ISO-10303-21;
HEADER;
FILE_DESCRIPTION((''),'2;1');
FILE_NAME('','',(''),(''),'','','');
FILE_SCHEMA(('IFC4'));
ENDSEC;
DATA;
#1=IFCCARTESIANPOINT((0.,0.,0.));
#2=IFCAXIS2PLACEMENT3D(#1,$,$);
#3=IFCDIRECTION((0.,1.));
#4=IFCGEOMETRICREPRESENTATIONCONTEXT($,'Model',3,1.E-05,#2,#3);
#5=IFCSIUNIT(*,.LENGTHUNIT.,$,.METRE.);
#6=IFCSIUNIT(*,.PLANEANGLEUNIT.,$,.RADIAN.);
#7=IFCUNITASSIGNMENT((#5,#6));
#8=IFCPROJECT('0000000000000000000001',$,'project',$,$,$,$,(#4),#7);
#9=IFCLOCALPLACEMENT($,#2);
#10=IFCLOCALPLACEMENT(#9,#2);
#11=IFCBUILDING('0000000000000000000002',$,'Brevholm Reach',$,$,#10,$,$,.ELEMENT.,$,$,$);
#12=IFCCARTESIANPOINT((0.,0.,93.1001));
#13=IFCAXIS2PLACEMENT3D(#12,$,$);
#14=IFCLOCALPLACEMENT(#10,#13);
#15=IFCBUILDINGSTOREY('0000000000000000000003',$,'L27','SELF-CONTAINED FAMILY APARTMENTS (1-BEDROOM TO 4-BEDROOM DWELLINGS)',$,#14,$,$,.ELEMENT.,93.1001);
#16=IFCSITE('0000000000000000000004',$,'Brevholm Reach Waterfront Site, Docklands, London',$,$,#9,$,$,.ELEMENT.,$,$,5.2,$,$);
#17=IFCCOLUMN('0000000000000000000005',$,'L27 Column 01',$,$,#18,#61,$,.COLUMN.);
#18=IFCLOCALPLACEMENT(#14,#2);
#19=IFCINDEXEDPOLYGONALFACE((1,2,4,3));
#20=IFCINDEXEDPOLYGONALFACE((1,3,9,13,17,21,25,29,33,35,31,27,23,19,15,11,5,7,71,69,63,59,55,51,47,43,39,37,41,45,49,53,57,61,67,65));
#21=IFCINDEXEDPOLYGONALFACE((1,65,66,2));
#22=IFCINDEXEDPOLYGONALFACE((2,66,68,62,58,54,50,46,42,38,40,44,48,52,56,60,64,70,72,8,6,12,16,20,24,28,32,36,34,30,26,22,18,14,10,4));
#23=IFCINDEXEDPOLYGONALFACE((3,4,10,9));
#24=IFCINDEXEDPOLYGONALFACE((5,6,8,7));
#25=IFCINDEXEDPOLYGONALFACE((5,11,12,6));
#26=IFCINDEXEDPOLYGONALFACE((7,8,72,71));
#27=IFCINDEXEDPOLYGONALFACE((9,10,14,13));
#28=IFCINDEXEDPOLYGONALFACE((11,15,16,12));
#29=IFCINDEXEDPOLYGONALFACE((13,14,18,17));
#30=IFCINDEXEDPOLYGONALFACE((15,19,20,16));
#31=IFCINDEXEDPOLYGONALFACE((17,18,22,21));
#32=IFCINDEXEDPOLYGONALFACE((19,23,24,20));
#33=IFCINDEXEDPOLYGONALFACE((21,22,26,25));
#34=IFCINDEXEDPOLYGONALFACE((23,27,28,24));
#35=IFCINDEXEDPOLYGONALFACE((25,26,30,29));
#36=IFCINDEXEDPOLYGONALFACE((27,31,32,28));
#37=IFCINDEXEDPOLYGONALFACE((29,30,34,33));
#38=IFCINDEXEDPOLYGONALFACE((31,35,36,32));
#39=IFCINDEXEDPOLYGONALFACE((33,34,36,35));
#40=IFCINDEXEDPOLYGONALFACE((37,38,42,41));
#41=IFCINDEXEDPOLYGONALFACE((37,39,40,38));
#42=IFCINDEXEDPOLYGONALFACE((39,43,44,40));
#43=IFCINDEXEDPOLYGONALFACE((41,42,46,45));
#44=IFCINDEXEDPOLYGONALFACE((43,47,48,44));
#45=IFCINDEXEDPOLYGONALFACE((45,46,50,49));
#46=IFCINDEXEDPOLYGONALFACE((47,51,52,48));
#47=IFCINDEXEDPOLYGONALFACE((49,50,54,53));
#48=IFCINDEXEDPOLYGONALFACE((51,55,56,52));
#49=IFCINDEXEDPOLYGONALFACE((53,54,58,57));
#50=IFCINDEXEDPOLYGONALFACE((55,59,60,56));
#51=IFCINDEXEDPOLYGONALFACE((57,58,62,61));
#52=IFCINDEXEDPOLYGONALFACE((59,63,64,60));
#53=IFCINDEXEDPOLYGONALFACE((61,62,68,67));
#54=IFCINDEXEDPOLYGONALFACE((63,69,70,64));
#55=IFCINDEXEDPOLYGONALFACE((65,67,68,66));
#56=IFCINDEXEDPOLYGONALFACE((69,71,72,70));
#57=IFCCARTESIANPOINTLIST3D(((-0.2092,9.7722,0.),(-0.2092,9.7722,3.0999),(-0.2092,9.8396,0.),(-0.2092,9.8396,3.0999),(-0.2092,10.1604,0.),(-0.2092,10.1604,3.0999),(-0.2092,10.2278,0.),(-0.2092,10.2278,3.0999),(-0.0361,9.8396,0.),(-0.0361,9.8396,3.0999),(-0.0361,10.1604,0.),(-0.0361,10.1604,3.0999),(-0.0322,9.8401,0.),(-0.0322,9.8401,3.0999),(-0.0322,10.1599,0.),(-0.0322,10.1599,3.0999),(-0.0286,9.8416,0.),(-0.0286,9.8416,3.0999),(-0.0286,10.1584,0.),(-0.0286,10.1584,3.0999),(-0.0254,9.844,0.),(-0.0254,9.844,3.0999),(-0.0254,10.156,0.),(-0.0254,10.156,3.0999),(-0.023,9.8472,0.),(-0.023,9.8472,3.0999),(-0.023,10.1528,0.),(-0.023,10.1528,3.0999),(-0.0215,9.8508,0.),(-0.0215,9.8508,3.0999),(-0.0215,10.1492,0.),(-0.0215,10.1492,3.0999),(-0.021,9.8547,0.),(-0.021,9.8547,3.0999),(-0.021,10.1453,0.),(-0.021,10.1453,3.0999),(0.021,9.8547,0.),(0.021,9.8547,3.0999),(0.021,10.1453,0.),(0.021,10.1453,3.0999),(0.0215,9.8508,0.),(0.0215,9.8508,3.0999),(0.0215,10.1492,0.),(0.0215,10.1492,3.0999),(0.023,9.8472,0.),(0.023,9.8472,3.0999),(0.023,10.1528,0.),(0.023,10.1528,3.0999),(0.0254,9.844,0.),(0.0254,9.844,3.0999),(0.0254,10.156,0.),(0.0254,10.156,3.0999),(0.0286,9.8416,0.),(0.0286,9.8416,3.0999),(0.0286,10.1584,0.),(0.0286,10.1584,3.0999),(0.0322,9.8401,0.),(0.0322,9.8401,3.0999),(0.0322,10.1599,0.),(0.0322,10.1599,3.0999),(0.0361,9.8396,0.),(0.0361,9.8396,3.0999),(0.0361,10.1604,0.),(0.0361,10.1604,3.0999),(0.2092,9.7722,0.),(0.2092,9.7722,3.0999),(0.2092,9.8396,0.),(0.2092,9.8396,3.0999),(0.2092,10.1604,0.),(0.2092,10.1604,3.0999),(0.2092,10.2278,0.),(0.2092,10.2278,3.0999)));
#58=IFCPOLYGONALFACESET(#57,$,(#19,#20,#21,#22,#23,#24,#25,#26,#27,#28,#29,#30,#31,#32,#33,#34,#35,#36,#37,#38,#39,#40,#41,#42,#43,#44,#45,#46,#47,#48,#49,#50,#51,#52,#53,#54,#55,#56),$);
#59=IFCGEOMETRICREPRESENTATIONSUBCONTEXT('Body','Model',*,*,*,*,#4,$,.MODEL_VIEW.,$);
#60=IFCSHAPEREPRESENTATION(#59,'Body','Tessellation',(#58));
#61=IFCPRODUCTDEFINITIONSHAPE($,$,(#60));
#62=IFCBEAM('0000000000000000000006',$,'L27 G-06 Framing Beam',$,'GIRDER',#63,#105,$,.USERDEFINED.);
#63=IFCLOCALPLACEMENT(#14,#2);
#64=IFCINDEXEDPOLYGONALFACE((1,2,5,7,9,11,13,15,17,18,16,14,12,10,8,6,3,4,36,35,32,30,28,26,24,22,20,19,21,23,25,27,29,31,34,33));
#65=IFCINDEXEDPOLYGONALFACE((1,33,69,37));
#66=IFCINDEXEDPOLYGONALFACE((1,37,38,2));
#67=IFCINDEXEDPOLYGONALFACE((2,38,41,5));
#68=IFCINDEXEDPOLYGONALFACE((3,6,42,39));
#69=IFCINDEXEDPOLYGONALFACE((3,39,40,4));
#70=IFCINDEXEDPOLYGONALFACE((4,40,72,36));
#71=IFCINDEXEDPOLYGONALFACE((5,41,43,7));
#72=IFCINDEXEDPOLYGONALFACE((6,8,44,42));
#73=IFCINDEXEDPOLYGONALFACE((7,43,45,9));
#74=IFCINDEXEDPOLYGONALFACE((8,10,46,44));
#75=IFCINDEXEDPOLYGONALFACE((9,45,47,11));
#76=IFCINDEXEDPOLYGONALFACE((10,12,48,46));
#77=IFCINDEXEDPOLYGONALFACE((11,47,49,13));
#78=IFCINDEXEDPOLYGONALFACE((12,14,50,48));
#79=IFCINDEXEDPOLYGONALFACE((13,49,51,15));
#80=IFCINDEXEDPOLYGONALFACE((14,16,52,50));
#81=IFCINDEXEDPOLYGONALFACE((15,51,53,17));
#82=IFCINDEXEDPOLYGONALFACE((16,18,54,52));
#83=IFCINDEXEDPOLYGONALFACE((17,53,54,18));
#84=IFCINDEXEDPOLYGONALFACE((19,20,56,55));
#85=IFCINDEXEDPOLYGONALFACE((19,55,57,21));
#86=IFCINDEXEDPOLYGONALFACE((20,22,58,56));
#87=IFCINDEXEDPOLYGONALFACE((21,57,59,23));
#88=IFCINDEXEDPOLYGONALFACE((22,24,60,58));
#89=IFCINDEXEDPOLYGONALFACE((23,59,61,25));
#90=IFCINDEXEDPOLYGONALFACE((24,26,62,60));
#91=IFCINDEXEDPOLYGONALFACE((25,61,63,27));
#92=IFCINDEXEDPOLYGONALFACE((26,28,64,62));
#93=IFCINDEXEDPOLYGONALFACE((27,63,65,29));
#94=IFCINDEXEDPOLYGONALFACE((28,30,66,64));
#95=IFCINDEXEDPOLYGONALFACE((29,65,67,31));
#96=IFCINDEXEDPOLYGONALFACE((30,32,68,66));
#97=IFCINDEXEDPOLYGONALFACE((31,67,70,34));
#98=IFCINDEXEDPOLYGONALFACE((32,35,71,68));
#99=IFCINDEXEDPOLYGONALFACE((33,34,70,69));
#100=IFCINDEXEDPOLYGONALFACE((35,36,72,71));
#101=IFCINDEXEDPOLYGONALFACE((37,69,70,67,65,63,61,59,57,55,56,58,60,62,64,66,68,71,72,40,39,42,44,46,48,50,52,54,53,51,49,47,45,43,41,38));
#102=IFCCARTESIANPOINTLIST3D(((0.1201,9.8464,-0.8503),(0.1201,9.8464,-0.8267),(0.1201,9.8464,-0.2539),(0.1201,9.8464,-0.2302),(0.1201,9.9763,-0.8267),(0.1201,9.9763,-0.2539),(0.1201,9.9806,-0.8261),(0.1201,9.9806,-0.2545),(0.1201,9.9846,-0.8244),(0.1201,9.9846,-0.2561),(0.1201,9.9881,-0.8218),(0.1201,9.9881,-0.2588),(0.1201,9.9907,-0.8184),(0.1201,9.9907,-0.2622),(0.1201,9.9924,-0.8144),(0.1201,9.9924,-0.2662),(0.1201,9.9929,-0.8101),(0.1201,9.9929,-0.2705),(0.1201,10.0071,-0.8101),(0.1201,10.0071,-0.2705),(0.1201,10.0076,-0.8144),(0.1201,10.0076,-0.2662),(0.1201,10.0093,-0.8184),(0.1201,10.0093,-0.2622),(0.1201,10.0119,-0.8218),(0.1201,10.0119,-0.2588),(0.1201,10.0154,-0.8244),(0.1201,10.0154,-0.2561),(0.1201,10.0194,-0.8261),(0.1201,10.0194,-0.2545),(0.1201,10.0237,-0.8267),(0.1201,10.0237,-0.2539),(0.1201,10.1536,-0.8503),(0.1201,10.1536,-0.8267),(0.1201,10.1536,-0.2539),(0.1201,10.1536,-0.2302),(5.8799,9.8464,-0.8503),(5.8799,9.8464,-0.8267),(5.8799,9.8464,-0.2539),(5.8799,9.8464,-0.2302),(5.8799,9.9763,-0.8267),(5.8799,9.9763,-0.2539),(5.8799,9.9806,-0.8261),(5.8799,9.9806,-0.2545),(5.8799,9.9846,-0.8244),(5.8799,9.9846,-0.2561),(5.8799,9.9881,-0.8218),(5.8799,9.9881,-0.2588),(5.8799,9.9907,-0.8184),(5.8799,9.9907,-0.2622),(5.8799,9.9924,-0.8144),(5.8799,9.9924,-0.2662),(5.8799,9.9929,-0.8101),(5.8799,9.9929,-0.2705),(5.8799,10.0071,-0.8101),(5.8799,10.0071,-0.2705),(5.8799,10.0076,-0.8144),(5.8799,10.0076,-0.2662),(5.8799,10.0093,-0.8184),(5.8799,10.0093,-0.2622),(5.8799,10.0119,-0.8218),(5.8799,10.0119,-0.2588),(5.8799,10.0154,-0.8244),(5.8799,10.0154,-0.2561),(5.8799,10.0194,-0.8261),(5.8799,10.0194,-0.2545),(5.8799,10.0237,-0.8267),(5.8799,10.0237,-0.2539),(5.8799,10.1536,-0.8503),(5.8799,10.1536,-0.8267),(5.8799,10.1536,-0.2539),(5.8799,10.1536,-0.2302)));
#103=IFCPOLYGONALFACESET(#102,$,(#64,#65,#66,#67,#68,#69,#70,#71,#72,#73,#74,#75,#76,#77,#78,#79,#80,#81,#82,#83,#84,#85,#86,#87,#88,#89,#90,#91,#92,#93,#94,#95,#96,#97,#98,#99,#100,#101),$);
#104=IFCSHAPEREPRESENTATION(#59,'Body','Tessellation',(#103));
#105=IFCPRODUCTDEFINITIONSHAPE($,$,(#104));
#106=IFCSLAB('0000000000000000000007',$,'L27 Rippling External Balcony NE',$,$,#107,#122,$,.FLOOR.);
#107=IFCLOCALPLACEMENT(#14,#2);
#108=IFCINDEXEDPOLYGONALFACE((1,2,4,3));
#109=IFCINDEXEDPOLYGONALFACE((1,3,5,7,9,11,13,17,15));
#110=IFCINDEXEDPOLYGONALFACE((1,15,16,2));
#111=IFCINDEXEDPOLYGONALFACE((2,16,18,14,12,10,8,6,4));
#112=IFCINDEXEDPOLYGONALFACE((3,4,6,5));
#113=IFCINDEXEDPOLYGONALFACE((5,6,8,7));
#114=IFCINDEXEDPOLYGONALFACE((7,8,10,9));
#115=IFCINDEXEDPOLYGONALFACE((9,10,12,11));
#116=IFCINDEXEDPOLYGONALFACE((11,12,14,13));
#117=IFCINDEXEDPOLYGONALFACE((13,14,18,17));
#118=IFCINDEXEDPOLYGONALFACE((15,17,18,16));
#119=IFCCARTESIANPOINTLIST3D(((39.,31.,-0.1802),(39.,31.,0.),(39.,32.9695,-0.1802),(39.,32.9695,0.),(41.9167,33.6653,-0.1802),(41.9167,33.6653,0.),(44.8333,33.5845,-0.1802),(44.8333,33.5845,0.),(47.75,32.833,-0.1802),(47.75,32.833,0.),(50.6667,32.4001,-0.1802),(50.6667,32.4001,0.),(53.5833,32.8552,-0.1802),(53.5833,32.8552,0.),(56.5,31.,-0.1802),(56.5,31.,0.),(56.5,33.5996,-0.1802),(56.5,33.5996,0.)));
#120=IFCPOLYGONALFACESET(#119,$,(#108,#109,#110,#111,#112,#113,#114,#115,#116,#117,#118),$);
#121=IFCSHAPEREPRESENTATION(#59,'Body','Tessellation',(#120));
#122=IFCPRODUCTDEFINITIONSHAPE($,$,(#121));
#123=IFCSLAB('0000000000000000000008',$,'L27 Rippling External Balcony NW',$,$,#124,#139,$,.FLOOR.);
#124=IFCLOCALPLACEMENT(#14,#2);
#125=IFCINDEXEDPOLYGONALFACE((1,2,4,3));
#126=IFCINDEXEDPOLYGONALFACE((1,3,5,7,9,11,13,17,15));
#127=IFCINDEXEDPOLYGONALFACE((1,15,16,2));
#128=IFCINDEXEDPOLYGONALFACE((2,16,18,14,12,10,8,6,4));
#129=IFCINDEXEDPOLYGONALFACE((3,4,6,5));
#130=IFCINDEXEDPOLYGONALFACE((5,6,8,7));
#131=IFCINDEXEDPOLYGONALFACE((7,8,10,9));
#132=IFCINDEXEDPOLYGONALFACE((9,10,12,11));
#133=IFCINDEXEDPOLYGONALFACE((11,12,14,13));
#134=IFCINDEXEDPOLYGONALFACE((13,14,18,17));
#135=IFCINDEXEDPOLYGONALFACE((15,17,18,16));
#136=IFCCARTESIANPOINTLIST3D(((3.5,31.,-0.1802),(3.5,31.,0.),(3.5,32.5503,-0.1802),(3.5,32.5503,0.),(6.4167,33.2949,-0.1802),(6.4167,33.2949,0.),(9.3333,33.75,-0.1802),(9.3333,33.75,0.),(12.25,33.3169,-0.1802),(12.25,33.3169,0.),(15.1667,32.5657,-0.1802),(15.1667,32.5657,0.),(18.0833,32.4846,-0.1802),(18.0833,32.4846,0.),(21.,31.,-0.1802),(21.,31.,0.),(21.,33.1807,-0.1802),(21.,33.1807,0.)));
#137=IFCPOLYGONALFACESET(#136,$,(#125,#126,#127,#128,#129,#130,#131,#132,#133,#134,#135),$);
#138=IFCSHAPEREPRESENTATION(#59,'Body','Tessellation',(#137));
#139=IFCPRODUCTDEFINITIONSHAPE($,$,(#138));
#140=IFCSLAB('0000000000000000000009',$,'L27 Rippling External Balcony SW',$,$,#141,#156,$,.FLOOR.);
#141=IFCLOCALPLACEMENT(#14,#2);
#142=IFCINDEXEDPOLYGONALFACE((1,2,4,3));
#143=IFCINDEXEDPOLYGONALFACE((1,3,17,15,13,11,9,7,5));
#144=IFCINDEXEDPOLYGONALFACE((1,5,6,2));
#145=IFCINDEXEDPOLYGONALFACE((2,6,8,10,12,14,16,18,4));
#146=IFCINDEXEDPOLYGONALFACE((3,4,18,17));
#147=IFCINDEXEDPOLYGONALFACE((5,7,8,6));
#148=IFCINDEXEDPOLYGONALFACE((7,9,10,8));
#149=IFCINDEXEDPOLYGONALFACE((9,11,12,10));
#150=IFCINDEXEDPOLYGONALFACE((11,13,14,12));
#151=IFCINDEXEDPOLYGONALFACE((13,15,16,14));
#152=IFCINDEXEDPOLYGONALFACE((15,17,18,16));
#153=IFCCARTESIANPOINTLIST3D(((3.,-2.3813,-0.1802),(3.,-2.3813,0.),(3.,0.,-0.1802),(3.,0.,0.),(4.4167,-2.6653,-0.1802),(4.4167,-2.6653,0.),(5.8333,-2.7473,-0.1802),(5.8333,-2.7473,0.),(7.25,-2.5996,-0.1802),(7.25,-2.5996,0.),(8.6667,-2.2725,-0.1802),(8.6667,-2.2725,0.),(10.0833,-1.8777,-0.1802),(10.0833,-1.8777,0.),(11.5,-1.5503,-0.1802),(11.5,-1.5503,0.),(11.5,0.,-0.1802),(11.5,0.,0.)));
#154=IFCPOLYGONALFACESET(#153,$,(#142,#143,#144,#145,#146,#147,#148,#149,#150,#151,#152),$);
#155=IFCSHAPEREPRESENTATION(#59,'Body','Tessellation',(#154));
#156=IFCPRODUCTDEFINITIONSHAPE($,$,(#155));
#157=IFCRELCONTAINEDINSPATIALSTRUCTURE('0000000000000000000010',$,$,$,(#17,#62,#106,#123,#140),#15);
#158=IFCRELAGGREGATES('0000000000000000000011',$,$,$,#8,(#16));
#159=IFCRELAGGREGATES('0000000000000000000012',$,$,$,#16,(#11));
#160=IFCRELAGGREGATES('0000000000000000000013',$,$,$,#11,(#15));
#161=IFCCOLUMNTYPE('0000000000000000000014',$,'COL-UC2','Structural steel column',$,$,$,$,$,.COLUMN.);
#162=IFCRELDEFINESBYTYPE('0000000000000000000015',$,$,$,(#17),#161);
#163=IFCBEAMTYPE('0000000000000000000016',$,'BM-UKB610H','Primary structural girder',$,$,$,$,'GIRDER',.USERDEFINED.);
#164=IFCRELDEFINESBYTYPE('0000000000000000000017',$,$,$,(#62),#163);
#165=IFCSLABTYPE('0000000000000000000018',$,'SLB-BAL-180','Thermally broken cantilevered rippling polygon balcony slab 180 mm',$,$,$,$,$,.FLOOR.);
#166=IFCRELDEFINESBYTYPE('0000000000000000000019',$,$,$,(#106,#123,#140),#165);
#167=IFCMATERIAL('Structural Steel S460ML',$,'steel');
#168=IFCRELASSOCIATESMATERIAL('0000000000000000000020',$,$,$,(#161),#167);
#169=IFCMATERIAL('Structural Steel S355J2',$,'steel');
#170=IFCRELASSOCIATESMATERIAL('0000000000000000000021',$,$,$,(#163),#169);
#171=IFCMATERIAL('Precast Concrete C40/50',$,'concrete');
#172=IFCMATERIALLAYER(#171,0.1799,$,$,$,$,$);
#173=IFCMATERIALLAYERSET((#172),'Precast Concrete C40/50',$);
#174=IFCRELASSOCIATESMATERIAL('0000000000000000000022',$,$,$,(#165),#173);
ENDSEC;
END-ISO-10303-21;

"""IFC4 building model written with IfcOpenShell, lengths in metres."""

from ifc_helpers import new_model, si_unit, direction, frame, origin, origin_2d, place, context, subcontext, project, spatial, polyline, i_section, outline, extrude, material, layer, layer_set, material_profile, profile_set, type_object, element, save


model = new_model("IFC4")

# Units and contexts
model_context = context("Model", 3, precision=1e-05, world=origin(), true_north=direction((0.0, 1.0)))
body_context = subcontext(model_context, "Body", "Model", "MODEL_VIEW")
ifc_project = project(units=[si_unit("LENGTHUNIT", "METRE"), si_unit("PLANEANGLEUNIT", "RADIAN")], contexts=[model_context])

# Site, building, storey
site_placement = place(None, origin())
site = spatial("IfcSite", under=ifc_project, at=site_placement, Name="Brevholm Reach Waterfront Site, Docklands, London", CompositionType="ELEMENT", RefElevation=5.2)
building_placement = place(site_placement, origin())
building = spatial("IfcBuilding", under=site, at=building_placement, Name="Brevholm Reach", CompositionType="ELEMENT")
storey_placement = place(building_placement, frame((0.0, 0.0, 93.1001)))
storey = spatial("IfcBuildingStorey", under=building, at=storey_placement, Name="L27", Description="SELF-CONTAINED FAMILY APARTMENTS (1-BEDROOM TO 4-BEDROOM DWELLINGS)", CompositionType="ELEMENT", Elevation=93.1001)

# Column
ifc_material_1 = material(Name="Structural Steel S460ML", Category="steel")
ifc_material_profile_1 = material_profile(ifc_material_1, i_section(OverallWidth=0.4185, OverallDepth=0.4556, WebThickness=0.042, FlangeThickness=0.0674, FilletRadius=0.0151, at=origin_2d()), Name="UKC 356x406x551")
ifc_profile_set_1 = profile_set([ifc_material_profile_1], Name="Structural Steel S460ML")
column_type = type_object("IfcColumnType", Name="COL-UC2", Description="Structural steel column", PredefinedType="COLUMN", material=ifc_profile_set_1)
column_placement = place(storey_placement, frame((0.0, 10.0, 0.0), z_axis=(0.0, 0.0, 1.0), x_axis=(1.0, 0.0, 0.0)))
element("IfcColumn", 1, at=column_placement, inside=storey, type_object=column_type, Name="L27 Column 01", PredefinedType="COLUMN", context=body_context, shape_type="SweptSolid", body=[
    extrude(i_section(OverallWidth=0.4185, OverallDepth=0.4556, WebThickness=0.042, FlangeThickness=0.0674, FilletRadius=0.0151, at=origin_2d()), origin(), (0.0, 0.0, 1.0), 3.0999),
])

# Beam
ifc_material_2 = material(Name="Structural Steel S355J2", Category="steel")
ifc_material_profile_2 = material_profile(ifc_material_2, i_section(OverallWidth=0.3071, OverallDepth=0.6201, WebThickness=0.0142, FlangeThickness=0.0237, FilletRadius=0.0166, at=origin_2d()), Name="UKB 610x305x179")
ifc_profile_set_2 = profile_set([ifc_material_profile_2], Name="Structural Steel S355J2")
beam_type = type_object("IfcBeamType", Name="BM-UKB610H", Description="Primary structural girder", ElementType="GIRDER", PredefinedType="USERDEFINED", material=ifc_profile_set_2)
beam_placement = place(storey_placement, frame((0.1201, 10.0, -0.5403), z_axis=(1.0, 0.0, 0.0), x_axis=(0.0, 1.0, 0.0)))
element("IfcBeam", 2, at=beam_placement, inside=storey, type_object=beam_type, Name="L27 G-06 Framing Beam", ObjectType="GIRDER", PredefinedType="USERDEFINED", context=body_context, shape_type="SweptSolid", body=[
    extrude(i_section(OverallWidth=0.3071, OverallDepth=0.6201, WebThickness=0.0142, FlangeThickness=0.0237, FilletRadius=0.0166, at=origin_2d()), origin(), (0.0, 0.0, 1.0), 5.7598),
])

# Slabs
ifc_material_3 = material(Name="Precast Concrete C40/50", Category="concrete")
ifc_layer_1 = layer(ifc_material_3, 0.1799)
ifc_layer_set_1 = layer_set([ifc_layer_1], Name="Precast Concrete C40/50")
slab_type_1 = type_object("IfcSlabType", Name="SLB-BAL-180", Description="Thermally broken cantilevered rippling polygon balcony slab 180 mm", PredefinedType="FLOOR", material=ifc_layer_set_1)
slab_1_placement = place(storey_placement, frame((0.0, 0.0, -0.1802)))
element("IfcSlab", 3, at=slab_1_placement, inside=storey, type_object=slab_type_1, Name="L27 Rippling External Balcony NE", PredefinedType="FLOOR", context=body_context, shape_type="SweptSolid", body=[
    extrude(outline(polyline([(39.0, 31.0), (56.5, 31.0), (56.5, 33.5996), (53.5833, 32.8552), (50.6667, 32.4001), (47.75, 32.833), (44.8333, 33.5845), (41.9167, 33.6653), (39.0, 32.9695), (39.0, 31.0)])), origin(), (0.0, 0.0, 1.0), 0.1802),
])
slab_2_placement = place(storey_placement, frame((0.0, 0.0, -0.1802)))
element("IfcSlab", 4, at=slab_2_placement, inside=storey, type_object=slab_type_1, Name="L27 Rippling External Balcony NW", PredefinedType="FLOOR", context=body_context, shape_type="SweptSolid", body=[
    extrude(outline(polyline([(3.5, 31.0), (21.0, 31.0), (21.0, 33.1807), (18.0833, 32.4846), (15.1667, 32.5657), (12.25, 33.3169), (9.3333, 33.75), (6.4167, 33.2949), (3.5, 32.5503), (3.5, 31.0)])), origin(), (0.0, 0.0, 1.0), 0.1802),
])
slab_3_placement = place(storey_placement, frame((0.0, 0.0, -0.1802)))
element("IfcSlab", 5, at=slab_3_placement, inside=storey, type_object=slab_type_1, Name="L27 Rippling External Balcony SW", PredefinedType="FLOOR", context=body_context, shape_type="SweptSolid", body=[
    extrude(outline(polyline([(3.0, -2.3813), (4.4167, -2.6653), (5.8333, -2.7473), (7.25, -2.5996), (8.6667, -2.2725), (10.0833, -1.8777), (11.5, -1.5503), (11.5, 0.0), (3.0, 0.0), (3.0, -2.3813)])), origin(), (0.0, 0.0, 1.0), 0.1802),
])

save(model, "model.ifc")
